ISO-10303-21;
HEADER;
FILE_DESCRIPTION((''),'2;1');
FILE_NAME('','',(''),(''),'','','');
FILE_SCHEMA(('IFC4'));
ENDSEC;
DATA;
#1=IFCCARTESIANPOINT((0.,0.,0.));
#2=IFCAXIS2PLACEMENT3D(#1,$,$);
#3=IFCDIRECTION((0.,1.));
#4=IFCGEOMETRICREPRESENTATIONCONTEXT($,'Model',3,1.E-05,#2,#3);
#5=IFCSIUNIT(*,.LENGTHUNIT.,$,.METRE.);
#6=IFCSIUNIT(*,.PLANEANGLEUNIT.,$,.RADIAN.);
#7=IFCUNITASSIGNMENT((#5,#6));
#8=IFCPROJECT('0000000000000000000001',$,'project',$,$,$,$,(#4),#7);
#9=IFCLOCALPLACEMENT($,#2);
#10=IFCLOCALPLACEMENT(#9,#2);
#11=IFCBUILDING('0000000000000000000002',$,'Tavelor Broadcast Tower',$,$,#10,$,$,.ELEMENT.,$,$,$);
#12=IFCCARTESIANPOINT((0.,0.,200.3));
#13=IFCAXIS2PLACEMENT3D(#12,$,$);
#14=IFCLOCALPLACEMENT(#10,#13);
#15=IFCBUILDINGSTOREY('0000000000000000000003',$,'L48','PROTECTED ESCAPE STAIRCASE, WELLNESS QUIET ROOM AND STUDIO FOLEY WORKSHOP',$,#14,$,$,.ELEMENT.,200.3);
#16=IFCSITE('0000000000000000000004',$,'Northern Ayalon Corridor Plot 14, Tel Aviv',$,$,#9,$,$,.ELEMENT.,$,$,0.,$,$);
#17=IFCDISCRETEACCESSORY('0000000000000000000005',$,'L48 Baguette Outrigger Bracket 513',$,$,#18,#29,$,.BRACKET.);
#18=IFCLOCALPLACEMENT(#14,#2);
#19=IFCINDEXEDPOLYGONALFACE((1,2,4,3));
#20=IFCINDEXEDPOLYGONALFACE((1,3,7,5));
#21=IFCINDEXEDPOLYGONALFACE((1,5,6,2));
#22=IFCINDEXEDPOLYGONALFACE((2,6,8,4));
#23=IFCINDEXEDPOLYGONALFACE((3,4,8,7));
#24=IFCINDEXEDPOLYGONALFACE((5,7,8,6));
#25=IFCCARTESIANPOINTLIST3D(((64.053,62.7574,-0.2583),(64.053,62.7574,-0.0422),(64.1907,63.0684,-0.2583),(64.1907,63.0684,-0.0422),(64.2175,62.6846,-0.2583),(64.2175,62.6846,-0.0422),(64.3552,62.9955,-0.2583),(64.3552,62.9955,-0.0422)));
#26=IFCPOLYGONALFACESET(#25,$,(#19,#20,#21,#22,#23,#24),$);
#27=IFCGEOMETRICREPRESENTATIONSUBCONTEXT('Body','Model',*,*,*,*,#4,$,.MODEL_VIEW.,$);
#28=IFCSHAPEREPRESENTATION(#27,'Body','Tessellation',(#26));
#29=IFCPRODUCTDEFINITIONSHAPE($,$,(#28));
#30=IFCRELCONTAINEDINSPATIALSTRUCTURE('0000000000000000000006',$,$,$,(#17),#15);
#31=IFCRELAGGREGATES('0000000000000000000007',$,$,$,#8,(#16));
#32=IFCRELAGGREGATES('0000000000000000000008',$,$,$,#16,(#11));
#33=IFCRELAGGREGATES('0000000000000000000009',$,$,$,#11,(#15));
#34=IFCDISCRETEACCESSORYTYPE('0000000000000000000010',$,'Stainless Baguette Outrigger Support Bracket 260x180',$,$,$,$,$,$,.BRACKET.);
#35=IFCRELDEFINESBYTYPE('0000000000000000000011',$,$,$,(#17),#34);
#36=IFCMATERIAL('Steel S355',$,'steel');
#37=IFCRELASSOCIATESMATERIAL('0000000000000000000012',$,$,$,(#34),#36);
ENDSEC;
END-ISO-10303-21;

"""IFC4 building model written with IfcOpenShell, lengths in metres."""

from ifc_helpers import new_model, si_unit, direction, frame, origin, origin_2d, place, context, subcontext, project, spatial, rectangle, extrude, source, transform, mapped, material, type_object, type_shapes, element, save


model = new_model("IFC4")

# Units and contexts
model_context = context("Model", 3, precision=1e-05, world=origin(), true_north=direction((0.0, 1.0)))
body_context = subcontext(model_context, "Body", "Model", "MODEL_VIEW")
ifc_project = project(units=[si_unit("LENGTHUNIT", "METRE"), si_unit("PLANEANGLEUNIT", "RADIAN")], contexts=[model_context])

# Site, building, storey
site_placement = place(None, origin())
site = spatial("IfcSite", under=ifc_project, at=site_placement, Name="Northern Ayalon Corridor Plot 14, Tel Aviv", CompositionType="ELEMENT", RefElevation=0.0)
building_placement = place(site_placement, origin())
building = spatial("IfcBuilding", under=site, at=building_placement, Name="Tavelor Broadcast Tower", CompositionType="ELEMENT")
storey_placement = place(building_placement, frame((0.0, 0.0, 200.3)))
storey = spatial("IfcBuildingStorey", under=building, at=storey_placement, Name="L48", Description="PROTECTED ESCAPE STAIRCASE, WELLNESS QUIET ROOM AND STUDIO FOLEY WORKSHOP", CompositionType="ELEMENT", Elevation=200.3)

# Shared definitions
ifc_material_1 = material(Name="Steel S355", Category="steel")

# Discrete accessory
discrete_accessory_type = type_object("IfcDiscreteAccessoryType", Name="Stainless Baguette Outrigger Support Bracket 260x180", PredefinedType="BRACKET", material=ifc_material_1)
shared_shape_1 = source(origin(), body_context, "Body", "SweptSolid", [
    extrude(rectangle(XDim=0.1799, YDim=0.3401, at=origin_2d()), origin(), (0.0, 0.0, 1.0), 0.2161),
])
type_shapes(discrete_accessory_type, [shared_shape_1])
discrete_accessory_placement = place(storey_placement, frame((64.2041, 62.8765, -0.2583), z_axis=(0.0, 0.0, 1.0), x_axis=(-0.914395, 0.404822, 0.0)))
element("IfcDiscreteAccessory", 1, at=discrete_accessory_placement, inside=storey, type_object=discrete_accessory_type, Name="L48 Baguette Outrigger Bracket 513", PredefinedType="BRACKET", context=body_context, shape_type="MappedRepresentation", body=[
    mapped(shared_shape_1, transform((0.0, 0.0, 0.0), scale=1.0)),
])

save(model, "model.ifc")
